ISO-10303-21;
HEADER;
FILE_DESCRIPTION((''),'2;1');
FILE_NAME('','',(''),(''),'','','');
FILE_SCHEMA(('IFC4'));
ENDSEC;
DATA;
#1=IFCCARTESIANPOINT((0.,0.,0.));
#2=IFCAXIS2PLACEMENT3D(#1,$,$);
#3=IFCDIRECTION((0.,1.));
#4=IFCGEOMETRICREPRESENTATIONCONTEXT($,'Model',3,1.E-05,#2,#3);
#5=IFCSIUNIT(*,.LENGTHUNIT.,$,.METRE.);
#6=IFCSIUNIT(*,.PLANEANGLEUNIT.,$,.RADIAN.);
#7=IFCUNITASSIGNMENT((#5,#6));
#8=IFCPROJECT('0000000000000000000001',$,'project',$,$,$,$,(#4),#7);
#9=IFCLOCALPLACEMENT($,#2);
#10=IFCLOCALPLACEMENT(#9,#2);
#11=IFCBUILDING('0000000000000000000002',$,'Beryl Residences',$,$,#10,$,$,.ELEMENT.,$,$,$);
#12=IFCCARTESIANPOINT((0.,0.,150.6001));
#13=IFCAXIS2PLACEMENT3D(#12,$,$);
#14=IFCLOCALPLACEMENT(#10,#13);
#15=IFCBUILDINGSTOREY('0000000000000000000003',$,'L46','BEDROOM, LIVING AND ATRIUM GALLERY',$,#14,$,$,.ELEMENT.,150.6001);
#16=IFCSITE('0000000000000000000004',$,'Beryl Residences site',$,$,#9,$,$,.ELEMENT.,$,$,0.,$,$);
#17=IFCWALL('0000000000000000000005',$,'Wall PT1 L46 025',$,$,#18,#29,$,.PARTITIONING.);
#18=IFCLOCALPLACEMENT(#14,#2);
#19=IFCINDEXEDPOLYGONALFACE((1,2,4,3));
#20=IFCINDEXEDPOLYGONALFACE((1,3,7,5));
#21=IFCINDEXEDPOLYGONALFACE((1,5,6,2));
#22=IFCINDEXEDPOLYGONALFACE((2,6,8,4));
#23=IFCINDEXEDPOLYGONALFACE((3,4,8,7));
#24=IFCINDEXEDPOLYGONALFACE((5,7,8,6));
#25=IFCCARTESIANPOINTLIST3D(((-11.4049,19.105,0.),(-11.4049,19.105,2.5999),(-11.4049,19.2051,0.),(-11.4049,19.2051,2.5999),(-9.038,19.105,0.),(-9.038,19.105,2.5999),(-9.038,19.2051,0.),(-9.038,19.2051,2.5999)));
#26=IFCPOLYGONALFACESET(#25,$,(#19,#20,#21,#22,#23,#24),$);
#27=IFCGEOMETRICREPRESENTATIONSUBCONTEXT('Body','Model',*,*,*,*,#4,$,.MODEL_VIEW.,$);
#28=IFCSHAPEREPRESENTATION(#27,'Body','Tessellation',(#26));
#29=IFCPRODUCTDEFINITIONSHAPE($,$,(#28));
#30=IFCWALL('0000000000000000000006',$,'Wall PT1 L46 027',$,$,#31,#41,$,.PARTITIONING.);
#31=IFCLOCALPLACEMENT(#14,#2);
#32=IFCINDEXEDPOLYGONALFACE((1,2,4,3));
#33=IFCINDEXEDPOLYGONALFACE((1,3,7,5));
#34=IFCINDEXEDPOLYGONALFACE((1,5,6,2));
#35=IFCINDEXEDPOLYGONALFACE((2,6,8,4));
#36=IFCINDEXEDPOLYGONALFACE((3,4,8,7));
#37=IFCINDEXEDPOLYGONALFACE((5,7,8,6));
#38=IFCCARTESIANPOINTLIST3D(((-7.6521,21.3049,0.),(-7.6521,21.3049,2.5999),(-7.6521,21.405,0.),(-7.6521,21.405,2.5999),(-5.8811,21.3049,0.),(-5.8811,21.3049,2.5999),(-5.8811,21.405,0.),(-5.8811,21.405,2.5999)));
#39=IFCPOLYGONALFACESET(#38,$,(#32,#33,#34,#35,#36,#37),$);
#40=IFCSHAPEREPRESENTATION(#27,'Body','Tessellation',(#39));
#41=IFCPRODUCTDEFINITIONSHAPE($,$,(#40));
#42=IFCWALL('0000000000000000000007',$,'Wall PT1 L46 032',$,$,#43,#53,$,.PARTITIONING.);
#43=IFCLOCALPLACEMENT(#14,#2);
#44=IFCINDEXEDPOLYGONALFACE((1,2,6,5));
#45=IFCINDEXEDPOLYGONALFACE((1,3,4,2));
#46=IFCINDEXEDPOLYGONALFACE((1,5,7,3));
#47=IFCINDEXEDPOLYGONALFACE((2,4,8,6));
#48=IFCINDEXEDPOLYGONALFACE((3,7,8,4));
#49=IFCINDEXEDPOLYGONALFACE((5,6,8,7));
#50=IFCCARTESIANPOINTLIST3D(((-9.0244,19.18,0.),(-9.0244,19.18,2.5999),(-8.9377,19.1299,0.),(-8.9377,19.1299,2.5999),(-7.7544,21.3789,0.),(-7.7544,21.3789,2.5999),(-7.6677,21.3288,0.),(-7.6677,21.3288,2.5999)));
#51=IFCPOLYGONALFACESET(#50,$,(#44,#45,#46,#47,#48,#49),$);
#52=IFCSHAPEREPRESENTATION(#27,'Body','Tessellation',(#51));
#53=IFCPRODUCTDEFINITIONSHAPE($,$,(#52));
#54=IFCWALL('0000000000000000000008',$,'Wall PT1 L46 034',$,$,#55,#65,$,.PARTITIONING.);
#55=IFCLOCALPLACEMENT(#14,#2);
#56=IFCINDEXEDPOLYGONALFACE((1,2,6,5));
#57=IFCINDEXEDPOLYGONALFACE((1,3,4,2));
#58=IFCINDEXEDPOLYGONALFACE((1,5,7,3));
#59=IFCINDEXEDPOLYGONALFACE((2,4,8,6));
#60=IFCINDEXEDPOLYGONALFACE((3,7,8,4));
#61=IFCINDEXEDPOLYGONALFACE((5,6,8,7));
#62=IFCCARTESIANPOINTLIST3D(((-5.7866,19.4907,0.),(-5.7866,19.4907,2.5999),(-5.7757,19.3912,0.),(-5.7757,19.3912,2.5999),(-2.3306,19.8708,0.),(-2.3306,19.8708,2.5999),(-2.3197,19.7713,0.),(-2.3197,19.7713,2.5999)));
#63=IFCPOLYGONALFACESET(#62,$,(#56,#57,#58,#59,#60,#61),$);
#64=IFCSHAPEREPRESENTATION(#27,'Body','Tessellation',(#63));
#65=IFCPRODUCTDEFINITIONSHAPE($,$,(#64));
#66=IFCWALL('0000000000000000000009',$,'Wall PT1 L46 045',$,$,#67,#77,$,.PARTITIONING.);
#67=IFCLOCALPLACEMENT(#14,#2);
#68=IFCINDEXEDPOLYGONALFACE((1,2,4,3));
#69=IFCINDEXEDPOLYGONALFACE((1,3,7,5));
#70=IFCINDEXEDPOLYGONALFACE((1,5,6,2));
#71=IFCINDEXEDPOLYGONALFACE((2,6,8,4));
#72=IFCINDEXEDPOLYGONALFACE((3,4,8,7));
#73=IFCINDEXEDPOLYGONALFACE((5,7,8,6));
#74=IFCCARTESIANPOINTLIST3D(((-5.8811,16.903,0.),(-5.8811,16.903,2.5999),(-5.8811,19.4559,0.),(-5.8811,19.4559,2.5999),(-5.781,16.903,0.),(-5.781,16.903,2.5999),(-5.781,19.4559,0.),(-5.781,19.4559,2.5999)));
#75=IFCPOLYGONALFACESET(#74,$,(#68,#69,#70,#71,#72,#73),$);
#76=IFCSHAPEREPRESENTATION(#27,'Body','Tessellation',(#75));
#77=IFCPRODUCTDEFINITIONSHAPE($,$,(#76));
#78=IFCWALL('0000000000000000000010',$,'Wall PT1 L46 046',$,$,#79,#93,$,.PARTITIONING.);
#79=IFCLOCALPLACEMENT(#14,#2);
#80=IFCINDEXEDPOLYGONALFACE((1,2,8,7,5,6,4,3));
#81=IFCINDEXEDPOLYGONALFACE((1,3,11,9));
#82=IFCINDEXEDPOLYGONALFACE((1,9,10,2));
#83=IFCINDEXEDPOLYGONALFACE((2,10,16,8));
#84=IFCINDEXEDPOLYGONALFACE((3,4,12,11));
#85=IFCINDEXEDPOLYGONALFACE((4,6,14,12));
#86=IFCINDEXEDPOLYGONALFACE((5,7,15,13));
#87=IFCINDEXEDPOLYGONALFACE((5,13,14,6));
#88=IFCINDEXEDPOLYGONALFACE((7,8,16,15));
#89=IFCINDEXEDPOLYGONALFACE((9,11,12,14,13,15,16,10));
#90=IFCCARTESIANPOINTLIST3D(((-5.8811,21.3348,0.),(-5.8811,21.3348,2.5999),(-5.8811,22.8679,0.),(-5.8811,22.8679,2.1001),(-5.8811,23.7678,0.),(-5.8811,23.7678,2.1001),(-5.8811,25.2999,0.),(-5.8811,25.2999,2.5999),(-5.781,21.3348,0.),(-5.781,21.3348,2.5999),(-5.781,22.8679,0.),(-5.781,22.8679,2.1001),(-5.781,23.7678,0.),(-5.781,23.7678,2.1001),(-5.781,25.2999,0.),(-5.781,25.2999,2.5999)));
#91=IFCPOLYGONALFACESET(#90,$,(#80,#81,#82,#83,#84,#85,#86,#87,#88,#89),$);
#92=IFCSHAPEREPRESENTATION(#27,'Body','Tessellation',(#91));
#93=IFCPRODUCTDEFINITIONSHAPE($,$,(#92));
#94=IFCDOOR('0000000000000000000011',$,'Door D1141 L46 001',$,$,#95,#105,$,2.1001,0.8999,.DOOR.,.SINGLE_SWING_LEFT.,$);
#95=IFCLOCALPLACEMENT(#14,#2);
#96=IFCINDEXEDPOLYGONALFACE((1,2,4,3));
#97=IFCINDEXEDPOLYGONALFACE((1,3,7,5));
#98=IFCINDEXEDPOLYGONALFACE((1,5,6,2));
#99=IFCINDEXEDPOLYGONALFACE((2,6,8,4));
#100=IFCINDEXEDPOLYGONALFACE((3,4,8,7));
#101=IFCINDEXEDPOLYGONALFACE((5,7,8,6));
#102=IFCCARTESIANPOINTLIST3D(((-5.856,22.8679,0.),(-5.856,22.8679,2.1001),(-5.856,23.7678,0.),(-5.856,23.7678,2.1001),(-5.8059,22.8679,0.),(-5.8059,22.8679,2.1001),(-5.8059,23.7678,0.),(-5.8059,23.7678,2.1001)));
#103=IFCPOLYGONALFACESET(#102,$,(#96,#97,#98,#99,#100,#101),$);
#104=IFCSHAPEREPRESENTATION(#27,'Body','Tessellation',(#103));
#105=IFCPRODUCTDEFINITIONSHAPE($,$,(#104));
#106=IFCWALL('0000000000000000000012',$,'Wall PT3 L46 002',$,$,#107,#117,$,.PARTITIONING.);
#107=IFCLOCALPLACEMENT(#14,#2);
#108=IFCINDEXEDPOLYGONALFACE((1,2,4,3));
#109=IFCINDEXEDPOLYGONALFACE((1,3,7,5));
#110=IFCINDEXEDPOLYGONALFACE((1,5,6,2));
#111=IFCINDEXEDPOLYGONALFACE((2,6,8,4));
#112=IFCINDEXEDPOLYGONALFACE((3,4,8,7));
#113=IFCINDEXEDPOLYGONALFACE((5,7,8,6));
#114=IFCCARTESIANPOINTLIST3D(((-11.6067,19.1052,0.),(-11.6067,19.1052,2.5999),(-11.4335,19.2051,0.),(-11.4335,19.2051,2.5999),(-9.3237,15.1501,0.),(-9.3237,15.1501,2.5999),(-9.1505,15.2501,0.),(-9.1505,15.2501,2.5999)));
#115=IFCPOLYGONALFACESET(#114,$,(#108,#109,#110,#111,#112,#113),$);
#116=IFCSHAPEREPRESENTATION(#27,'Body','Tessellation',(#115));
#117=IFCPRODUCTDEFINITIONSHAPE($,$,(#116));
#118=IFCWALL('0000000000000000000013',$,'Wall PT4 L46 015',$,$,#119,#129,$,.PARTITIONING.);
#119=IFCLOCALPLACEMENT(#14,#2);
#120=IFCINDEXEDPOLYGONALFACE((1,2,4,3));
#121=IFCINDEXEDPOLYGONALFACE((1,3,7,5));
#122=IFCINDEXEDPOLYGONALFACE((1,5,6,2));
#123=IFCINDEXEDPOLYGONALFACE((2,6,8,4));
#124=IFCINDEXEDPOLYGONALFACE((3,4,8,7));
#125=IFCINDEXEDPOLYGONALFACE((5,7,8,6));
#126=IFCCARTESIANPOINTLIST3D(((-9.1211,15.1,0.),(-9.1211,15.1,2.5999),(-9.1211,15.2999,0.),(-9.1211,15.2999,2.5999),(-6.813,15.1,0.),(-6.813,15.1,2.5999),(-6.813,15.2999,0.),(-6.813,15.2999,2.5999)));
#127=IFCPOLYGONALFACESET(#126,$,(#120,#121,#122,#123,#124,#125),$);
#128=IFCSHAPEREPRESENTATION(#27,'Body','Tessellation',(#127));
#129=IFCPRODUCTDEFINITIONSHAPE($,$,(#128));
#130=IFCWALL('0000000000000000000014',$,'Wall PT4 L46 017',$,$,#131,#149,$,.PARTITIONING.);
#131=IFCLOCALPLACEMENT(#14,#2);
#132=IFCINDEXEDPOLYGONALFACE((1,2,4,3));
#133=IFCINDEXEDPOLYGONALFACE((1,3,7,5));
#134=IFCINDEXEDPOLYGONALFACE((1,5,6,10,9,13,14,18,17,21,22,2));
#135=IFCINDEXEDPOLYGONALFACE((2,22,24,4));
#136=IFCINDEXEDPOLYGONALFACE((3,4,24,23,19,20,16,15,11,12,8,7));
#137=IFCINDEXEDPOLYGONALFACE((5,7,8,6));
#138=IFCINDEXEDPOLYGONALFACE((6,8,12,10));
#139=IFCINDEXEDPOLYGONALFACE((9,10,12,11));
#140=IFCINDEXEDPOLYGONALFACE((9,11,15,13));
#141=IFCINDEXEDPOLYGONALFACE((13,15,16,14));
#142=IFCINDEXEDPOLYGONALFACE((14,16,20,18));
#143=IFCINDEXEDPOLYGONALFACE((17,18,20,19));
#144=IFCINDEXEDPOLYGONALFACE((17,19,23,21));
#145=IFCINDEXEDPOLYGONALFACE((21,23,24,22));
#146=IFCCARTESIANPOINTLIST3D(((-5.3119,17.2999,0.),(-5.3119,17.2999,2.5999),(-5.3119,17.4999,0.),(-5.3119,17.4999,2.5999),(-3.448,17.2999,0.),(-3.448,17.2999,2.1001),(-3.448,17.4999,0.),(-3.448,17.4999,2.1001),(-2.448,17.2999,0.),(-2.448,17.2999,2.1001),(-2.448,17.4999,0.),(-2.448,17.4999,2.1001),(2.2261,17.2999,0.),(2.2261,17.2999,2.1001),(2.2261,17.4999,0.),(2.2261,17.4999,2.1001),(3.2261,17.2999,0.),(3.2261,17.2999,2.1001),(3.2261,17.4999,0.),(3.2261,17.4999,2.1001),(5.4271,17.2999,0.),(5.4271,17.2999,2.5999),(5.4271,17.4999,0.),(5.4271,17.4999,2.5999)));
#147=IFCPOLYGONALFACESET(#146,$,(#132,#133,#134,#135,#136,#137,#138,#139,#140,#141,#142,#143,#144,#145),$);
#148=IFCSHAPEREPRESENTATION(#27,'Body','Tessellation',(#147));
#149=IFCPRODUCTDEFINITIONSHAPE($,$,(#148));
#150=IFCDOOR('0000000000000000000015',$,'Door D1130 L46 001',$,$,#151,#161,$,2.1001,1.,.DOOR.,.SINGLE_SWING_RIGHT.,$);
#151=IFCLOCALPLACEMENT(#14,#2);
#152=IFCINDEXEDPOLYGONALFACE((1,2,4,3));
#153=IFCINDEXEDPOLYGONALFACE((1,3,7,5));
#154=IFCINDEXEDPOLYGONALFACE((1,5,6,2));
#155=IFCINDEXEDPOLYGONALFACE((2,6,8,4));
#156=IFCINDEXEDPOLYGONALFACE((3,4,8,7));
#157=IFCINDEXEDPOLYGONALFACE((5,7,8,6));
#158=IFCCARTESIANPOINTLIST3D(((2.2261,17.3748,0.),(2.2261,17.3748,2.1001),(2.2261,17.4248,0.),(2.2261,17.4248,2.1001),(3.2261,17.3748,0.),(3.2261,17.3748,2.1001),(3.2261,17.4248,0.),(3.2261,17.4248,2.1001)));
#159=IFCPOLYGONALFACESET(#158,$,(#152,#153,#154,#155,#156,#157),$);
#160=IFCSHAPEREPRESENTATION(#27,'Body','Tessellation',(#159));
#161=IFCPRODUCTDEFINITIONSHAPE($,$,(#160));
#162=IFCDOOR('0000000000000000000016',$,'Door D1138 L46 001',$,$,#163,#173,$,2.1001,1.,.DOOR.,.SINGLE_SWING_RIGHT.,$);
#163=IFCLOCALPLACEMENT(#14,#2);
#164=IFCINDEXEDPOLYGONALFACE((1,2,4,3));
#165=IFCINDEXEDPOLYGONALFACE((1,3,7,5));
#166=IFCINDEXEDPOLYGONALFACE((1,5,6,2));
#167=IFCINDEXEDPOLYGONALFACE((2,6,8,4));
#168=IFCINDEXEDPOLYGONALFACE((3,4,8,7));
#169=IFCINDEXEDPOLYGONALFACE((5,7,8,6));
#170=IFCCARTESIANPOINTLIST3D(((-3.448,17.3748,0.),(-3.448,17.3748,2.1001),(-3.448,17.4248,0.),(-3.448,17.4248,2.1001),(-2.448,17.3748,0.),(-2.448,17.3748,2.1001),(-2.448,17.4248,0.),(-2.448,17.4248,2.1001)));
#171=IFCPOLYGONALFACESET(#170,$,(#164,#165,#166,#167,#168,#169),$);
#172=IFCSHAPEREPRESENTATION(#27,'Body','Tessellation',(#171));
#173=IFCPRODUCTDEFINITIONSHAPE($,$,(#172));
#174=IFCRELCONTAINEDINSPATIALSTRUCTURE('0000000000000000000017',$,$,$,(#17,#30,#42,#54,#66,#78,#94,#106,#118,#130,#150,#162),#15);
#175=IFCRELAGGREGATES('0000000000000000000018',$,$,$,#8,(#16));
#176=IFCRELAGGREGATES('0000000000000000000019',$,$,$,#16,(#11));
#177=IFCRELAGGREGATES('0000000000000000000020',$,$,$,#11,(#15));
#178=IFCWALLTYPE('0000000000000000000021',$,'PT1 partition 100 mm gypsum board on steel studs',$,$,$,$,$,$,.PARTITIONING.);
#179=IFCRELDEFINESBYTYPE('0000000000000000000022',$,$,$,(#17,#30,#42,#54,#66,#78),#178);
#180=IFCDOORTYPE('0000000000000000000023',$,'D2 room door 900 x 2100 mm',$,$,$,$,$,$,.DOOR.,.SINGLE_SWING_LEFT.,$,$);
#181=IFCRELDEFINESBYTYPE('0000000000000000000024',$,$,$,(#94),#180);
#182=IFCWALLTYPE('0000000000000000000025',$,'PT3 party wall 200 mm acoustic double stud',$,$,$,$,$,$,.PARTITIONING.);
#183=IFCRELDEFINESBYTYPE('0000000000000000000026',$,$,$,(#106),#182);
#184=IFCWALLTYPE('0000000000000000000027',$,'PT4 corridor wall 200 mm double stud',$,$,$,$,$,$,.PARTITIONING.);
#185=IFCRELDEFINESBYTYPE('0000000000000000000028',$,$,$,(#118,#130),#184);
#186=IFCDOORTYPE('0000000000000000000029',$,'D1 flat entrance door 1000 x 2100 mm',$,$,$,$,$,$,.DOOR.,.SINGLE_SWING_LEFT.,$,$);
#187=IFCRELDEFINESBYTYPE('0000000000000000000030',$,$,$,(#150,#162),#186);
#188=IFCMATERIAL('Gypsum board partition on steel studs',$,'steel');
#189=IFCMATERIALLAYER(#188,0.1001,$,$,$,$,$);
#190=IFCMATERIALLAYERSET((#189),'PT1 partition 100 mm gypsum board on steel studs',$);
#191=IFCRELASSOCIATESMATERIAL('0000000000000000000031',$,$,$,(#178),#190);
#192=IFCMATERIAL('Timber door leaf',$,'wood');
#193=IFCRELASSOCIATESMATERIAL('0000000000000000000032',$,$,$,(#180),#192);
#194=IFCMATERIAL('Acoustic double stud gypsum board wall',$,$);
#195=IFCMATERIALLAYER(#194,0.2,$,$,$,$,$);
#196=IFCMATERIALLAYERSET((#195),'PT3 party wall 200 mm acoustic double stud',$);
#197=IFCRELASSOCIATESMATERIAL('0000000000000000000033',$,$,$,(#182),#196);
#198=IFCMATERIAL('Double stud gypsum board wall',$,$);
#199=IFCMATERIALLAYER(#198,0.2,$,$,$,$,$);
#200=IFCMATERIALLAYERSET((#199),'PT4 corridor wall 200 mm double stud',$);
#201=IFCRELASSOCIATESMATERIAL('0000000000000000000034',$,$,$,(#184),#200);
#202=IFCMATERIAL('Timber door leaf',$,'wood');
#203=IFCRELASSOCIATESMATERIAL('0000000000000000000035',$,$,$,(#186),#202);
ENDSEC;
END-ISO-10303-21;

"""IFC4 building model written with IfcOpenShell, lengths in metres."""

from ifc_helpers import new_model, si_unit, direction, frame, frame_2d, origin, place, context, subcontext, project, spatial, rectangle, extrude, material, layer, layer_set, type_object, element, fill, save


model = new_model("IFC4")

# Units and contexts
model_context = context("Model", 3, precision=1e-05, world=origin(), true_north=direction((0.0, 1.0)))
body_context = subcontext(model_context, "Body", "Model", "MODEL_VIEW")
ifc_project = project(units=[si_unit("LENGTHUNIT", "METRE"), si_unit("PLANEANGLEUNIT", "RADIAN")], contexts=[model_context])

# Site, building, storey
site_placement = place(None, origin())
site = spatial("IfcSite", under=ifc_project, at=site_placement, Name="Beryl Residences site", CompositionType="ELEMENT", RefElevation=0.0)
building_placement = place(site_placement, origin())
building = spatial("IfcBuilding", under=site, at=building_placement, Name="Beryl Residences", CompositionType="ELEMENT")
storey_placement = place(building_placement, frame((0.0, 0.0, 150.6001)))
storey = spatial("IfcBuildingStorey", under=building, at=storey_placement, Name="L46", Description="BEDROOM, LIVING AND ATRIUM GALLERY", CompositionType="ELEMENT", Elevation=150.6001)

# Shared definitions
ifc_material_1 = material(Name="Gypsum board partition on steel studs", Category="steel")
ifc_layer_1 = layer(ifc_material_1, 0.1001)
ifc_layer_set_1 = layer_set([ifc_layer_1], Name="PT1 partition 100 mm gypsum board on steel studs")
wall_type_1 = type_object("IfcWallType", Name="PT1 partition 100 mm gypsum board on steel studs", PredefinedType="PARTITIONING", material=ifc_layer_set_1)
ifc_material_2 = material(Name="Timber door leaf", Category="wood")
door_type_1 = type_object("IfcDoorType", Name="D2 room door 900 x 2100 mm", OperationType="SINGLE_SWING_LEFT", PredefinedType="DOOR", material=ifc_material_2)

# Walls
wall_1_placement = place(storey_placement, frame((-11.405, 19.155, 0.0), z_axis=(0.0, 0.0, 1.0), x_axis=(1.0, 0.0, 0.0)))
element("IfcWall", 1, at=wall_1_placement, inside=storey, type_object=wall_type_1, Name="Wall PT1 L46 025", PredefinedType="PARTITIONING", context=body_context, shape_type="SweptSolid", body=[
    extrude(rectangle(XDim=2.3669, YDim=0.1001, at=frame_2d((1.1836, 0.0))), origin(), (0.0, 0.0, 1.0), 2.5999),
])
wall_2_placement = place(storey_placement, frame((-7.6521, 21.355, 0.0), z_axis=(0.0, 0.0, 1.0), x_axis=(1.0, 0.0, 0.0)))
element("IfcWall", 2, at=wall_2_placement, inside=storey, type_object=wall_type_1, Name="Wall PT1 L46 027", PredefinedType="PARTITIONING", context=body_context, shape_type="SweptSolid", body=[
    extrude(rectangle(XDim=1.771, YDim=0.1001, at=frame_2d((0.8855, 0.0))), origin(), (0.0, 0.0, 1.0), 2.5999),
])
wall_3_placement = place(storey_placement, frame((-8.981, 19.155, 0.0), z_axis=(0.0, 0.0, 1.0), x_axis=(0.50013, 0.86595, 0.0)))
element("IfcWall", 3, at=wall_3_placement, inside=storey, type_object=wall_type_1, Name="Wall PT1 L46 032", PredefinedType="PARTITIONING", context=body_context, shape_type="SweptSolid", body=[
    extrude(rectangle(XDim=2.5393, YDim=0.1001, at=frame_2d((1.2695, 0.0))), origin(), (0.0, 0.0, 1.0), 2.5999),
])
wall_4_placement = place(storey_placement, frame((-5.781, 19.4409, 0.0), z_axis=(0.0, 0.0, 1.0), x_axis=(0.994006, 0.109329, 0.0)))
element("IfcWall", 4, at=wall_4_placement, inside=storey, type_object=wall_type_1, Name="Wall PT1 L46 034", PredefinedType="PARTITIONING", context=body_context, shape_type="SweptSolid", body=[
    extrude(rectangle(XDim=3.4768, YDim=0.1001, at=frame_2d((1.7383, 0.0))), origin(), (0.0, 0.0, 1.0), 2.5999),
])
wall_5_placement = place(storey_placement, frame((-5.8311, 16.9031, 0.0), z_axis=(0.0, 0.0, 1.0), x_axis=(0.0, 1.0, 0.0)))
element("IfcWall", 5, at=wall_5_placement, inside=storey, type_object=wall_type_1, Name="Wall PT1 L46 045", PredefinedType="PARTITIONING", context=body_context, shape_type="SweptSolid", body=[
    extrude(rectangle(XDim=2.553, YDim=0.1001, at=frame_2d((1.2764, 0.0))), origin(), (0.0, 0.0, 1.0), 2.5999),
])

# Wall, opening, door
wall_6_placement = place(storey_placement, frame((-5.8311, 21.335, 0.0), z_axis=(0.0, 0.0, 1.0), x_axis=(0.0, 1.0, 0.0)))
wall_6 = element("IfcWall", 6, at=wall_6_placement, inside=storey, type_object=wall_type_1, Name="Wall PT1 L46 046", PredefinedType="PARTITIONING", context=body_context, shape_type="SweptSolid", body=[
    extrude(rectangle(XDim=3.9651, YDim=0.1001, at=frame_2d((1.9824, 0.0))), origin(), (0.0, 0.0, 1.0), 2.5999),
])
opening_1_placement = place(wall_6_placement, frame((1.533, 0.0, 0.0)))
opening_1 = element("IfcOpeningElement", 7, at=opening_1_placement, cuts=wall_6, PredefinedType="OPENING", context=body_context, shape_type="SweptSolid", body=[
    extrude(rectangle(XDim=0.8999, YDim=2.1001, at=frame_2d((0.45, 1.05))), frame((0.0, 0.0601, 0.0), z_axis=(0.0, -1.0, 0.0), x_axis=(1.0, 0.0, 0.0)), (0.0, 0.0, 1.0), 0.1201),
])
door_1_placement = place(opening_1_placement, origin())
door_1 = element("IfcDoor", 8, at=door_1_placement, inside=storey, type_object=door_type_1, Name="Door D1141 L46 001", OperationType="SINGLE_SWING_LEFT", OverallHeight=2.1001, OverallWidth=0.8999, PredefinedType="DOOR", context=body_context, shape_type="SweptSolid", body=[
    extrude(rectangle(XDim=0.8999, YDim=2.1001, at=frame_2d((0.45, 1.05))), frame((0.0, 0.0249, 0.0), z_axis=(0.0, -1.0, 0.0), x_axis=(1.0, 0.0, 0.0)), (0.0, 0.0, 1.0), 0.05),
])
fill(opening_1, door_1)

# Walls
ifc_material_3 = material(Name="Acoustic double stud gypsum board wall")
ifc_layer_2 = layer(ifc_material_3, 0.2)
ifc_layer_set_2 = layer_set([ifc_layer_2], Name="PT3 party wall 200 mm acoustic double stud")
wall_type_2 = type_object("IfcWallType", Name="PT3 party wall 200 mm acoustic double stud", PredefinedType="PARTITIONING", material=ifc_layer_set_2)
wall_7_placement = place(storey_placement, frame((-11.52, 19.155, 0.0), z_axis=(0.0, 0.0, 1.0), x_axis=(0.499917, -0.866073, 0.0)))
element("IfcWall", 9, at=wall_7_placement, inside=storey, type_object=wall_type_2, Name="Wall PT3 L46 002", PredefinedType="PARTITIONING", context=body_context, shape_type="SweptSolid", body=[
    extrude(rectangle(XDim=4.5667, YDim=0.2, at=frame_2d((2.2832, 0.0))), origin(), (0.0, 0.0, 1.0), 2.5999),
])
ifc_material_4 = material(Name="Double stud gypsum board wall")
ifc_layer_3 = layer(ifc_material_4, 0.2)
ifc_layer_set_3 = layer_set([ifc_layer_3], Name="PT4 corridor wall 200 mm double stud")
wall_type_3 = type_object("IfcWallType", Name="PT4 corridor wall 200 mm double stud", PredefinedType="PARTITIONING", material=ifc_layer_set_3)
wall_8_placement = place(storey_placement, frame((-9.1211, 15.2, 0.0), z_axis=(0.0, 0.0, 1.0), x_axis=(1.0, 0.0, 0.0)))
element("IfcWall", 10, at=wall_8_placement, inside=storey, type_object=wall_type_3, Name="Wall PT4 L46 015", PredefinedType="PARTITIONING", context=body_context, shape_type="SweptSolid", body=[
    extrude(rectangle(XDim=2.3081, YDim=0.2, at=frame_2d((1.1541, 0.0))), origin(), (0.0, 0.0, 1.0), 2.5999),
])

# Wall, openings, doors
wall_9_placement = place(storey_placement, frame((-5.312, 17.3999, 0.0), z_axis=(0.0, 0.0, 1.0), x_axis=(1.0, 0.0, 0.0)))
wall_9 = element("IfcWall", 11, at=wall_9_placement, inside=storey, type_object=wall_type_3, Name="Wall PT4 L46 017", PredefinedType="PARTITIONING", context=body_context, shape_type="SweptSolid", body=[
    extrude(rectangle(XDim=10.739, YDim=0.2, at=frame_2d((5.3696, 0.0))), origin(), (0.0, 0.0, 1.0), 2.5999),
])
opening_2_placement = place(wall_9_placement, frame((7.5381, 0.0, 0.0)))
opening_2 = element("IfcOpeningElement", 12, at=opening_2_placement, cuts=wall_9, PredefinedType="OPENING", context=body_context, shape_type="SweptSolid", body=[
    extrude(rectangle(XDim=1.0, YDim=2.1001, at=frame_2d((0.5, 1.05))), frame((0.0, 0.1099, 0.0), z_axis=(0.0, -1.0, 0.0), x_axis=(1.0, 0.0, 0.0)), (0.0, 0.0, 1.0), 0.22),
])
opening_3_placement = place(wall_9_placement, frame((1.864, 0.0, 0.0)))
opening_3 = element("IfcOpeningElement", 13, at=opening_3_placement, cuts=wall_9, PredefinedType="OPENING", context=body_context, shape_type="SweptSolid", body=[
    extrude(rectangle(XDim=1.0, YDim=2.1001, at=frame_2d((0.5, 1.05))), frame((0.0, 0.1099, 0.0), z_axis=(0.0, -1.0, 0.0), x_axis=(1.0, 0.0, 0.0)), (0.0, 0.0, 1.0), 0.22),
])
ifc_material_5 = material(Name="Timber door leaf", Category="wood")
door_type_2 = type_object("IfcDoorType", Name="D1 flat entrance door 1000 x 2100 mm", OperationType="SINGLE_SWING_LEFT", PredefinedType="DOOR", material=ifc_material_5)
door_2_placement = place(opening_2_placement, origin())
door_2 = element("IfcDoor", 14, at=door_2_placement, inside=storey, type_object=door_type_2, Name="Door D1130 L46 001", OperationType="SINGLE_SWING_RIGHT", OverallHeight=2.1001, OverallWidth=1.0, PredefinedType="DOOR", context=body_context, shape_type="SweptSolid", body=[
    extrude(rectangle(XDim=1.0, YDim=2.1001, at=frame_2d((0.5, 1.05))), frame((0.0, 0.0249, 0.0), z_axis=(0.0, -1.0, 0.0), x_axis=(1.0, 0.0, 0.0)), (0.0, 0.0, 1.0), 0.05),
])
fill(opening_2, door_2)
door_3_placement = place(opening_3_placement, origin())
door_3 = element("IfcDoor", 15, at=door_3_placement, inside=storey, type_object=door_type_2, Name="Door D1138 L46 001", OperationType="SINGLE_SWING_RIGHT", OverallHeight=2.1001, OverallWidth=1.0, PredefinedType="DOOR", context=body_context, shape_type="SweptSolid", body=[
    extrude(rectangle(XDim=1.0, YDim=2.1001, at=frame_2d((0.5, 1.05))), frame((0.0, 0.0249, 0.0), z_axis=(0.0, -1.0, 0.0), x_axis=(1.0, 0.0, 0.0)), (0.0, 0.0, 1.0), 0.05),
])
fill(opening_3, door_3)

save(model, "model.ifc")
